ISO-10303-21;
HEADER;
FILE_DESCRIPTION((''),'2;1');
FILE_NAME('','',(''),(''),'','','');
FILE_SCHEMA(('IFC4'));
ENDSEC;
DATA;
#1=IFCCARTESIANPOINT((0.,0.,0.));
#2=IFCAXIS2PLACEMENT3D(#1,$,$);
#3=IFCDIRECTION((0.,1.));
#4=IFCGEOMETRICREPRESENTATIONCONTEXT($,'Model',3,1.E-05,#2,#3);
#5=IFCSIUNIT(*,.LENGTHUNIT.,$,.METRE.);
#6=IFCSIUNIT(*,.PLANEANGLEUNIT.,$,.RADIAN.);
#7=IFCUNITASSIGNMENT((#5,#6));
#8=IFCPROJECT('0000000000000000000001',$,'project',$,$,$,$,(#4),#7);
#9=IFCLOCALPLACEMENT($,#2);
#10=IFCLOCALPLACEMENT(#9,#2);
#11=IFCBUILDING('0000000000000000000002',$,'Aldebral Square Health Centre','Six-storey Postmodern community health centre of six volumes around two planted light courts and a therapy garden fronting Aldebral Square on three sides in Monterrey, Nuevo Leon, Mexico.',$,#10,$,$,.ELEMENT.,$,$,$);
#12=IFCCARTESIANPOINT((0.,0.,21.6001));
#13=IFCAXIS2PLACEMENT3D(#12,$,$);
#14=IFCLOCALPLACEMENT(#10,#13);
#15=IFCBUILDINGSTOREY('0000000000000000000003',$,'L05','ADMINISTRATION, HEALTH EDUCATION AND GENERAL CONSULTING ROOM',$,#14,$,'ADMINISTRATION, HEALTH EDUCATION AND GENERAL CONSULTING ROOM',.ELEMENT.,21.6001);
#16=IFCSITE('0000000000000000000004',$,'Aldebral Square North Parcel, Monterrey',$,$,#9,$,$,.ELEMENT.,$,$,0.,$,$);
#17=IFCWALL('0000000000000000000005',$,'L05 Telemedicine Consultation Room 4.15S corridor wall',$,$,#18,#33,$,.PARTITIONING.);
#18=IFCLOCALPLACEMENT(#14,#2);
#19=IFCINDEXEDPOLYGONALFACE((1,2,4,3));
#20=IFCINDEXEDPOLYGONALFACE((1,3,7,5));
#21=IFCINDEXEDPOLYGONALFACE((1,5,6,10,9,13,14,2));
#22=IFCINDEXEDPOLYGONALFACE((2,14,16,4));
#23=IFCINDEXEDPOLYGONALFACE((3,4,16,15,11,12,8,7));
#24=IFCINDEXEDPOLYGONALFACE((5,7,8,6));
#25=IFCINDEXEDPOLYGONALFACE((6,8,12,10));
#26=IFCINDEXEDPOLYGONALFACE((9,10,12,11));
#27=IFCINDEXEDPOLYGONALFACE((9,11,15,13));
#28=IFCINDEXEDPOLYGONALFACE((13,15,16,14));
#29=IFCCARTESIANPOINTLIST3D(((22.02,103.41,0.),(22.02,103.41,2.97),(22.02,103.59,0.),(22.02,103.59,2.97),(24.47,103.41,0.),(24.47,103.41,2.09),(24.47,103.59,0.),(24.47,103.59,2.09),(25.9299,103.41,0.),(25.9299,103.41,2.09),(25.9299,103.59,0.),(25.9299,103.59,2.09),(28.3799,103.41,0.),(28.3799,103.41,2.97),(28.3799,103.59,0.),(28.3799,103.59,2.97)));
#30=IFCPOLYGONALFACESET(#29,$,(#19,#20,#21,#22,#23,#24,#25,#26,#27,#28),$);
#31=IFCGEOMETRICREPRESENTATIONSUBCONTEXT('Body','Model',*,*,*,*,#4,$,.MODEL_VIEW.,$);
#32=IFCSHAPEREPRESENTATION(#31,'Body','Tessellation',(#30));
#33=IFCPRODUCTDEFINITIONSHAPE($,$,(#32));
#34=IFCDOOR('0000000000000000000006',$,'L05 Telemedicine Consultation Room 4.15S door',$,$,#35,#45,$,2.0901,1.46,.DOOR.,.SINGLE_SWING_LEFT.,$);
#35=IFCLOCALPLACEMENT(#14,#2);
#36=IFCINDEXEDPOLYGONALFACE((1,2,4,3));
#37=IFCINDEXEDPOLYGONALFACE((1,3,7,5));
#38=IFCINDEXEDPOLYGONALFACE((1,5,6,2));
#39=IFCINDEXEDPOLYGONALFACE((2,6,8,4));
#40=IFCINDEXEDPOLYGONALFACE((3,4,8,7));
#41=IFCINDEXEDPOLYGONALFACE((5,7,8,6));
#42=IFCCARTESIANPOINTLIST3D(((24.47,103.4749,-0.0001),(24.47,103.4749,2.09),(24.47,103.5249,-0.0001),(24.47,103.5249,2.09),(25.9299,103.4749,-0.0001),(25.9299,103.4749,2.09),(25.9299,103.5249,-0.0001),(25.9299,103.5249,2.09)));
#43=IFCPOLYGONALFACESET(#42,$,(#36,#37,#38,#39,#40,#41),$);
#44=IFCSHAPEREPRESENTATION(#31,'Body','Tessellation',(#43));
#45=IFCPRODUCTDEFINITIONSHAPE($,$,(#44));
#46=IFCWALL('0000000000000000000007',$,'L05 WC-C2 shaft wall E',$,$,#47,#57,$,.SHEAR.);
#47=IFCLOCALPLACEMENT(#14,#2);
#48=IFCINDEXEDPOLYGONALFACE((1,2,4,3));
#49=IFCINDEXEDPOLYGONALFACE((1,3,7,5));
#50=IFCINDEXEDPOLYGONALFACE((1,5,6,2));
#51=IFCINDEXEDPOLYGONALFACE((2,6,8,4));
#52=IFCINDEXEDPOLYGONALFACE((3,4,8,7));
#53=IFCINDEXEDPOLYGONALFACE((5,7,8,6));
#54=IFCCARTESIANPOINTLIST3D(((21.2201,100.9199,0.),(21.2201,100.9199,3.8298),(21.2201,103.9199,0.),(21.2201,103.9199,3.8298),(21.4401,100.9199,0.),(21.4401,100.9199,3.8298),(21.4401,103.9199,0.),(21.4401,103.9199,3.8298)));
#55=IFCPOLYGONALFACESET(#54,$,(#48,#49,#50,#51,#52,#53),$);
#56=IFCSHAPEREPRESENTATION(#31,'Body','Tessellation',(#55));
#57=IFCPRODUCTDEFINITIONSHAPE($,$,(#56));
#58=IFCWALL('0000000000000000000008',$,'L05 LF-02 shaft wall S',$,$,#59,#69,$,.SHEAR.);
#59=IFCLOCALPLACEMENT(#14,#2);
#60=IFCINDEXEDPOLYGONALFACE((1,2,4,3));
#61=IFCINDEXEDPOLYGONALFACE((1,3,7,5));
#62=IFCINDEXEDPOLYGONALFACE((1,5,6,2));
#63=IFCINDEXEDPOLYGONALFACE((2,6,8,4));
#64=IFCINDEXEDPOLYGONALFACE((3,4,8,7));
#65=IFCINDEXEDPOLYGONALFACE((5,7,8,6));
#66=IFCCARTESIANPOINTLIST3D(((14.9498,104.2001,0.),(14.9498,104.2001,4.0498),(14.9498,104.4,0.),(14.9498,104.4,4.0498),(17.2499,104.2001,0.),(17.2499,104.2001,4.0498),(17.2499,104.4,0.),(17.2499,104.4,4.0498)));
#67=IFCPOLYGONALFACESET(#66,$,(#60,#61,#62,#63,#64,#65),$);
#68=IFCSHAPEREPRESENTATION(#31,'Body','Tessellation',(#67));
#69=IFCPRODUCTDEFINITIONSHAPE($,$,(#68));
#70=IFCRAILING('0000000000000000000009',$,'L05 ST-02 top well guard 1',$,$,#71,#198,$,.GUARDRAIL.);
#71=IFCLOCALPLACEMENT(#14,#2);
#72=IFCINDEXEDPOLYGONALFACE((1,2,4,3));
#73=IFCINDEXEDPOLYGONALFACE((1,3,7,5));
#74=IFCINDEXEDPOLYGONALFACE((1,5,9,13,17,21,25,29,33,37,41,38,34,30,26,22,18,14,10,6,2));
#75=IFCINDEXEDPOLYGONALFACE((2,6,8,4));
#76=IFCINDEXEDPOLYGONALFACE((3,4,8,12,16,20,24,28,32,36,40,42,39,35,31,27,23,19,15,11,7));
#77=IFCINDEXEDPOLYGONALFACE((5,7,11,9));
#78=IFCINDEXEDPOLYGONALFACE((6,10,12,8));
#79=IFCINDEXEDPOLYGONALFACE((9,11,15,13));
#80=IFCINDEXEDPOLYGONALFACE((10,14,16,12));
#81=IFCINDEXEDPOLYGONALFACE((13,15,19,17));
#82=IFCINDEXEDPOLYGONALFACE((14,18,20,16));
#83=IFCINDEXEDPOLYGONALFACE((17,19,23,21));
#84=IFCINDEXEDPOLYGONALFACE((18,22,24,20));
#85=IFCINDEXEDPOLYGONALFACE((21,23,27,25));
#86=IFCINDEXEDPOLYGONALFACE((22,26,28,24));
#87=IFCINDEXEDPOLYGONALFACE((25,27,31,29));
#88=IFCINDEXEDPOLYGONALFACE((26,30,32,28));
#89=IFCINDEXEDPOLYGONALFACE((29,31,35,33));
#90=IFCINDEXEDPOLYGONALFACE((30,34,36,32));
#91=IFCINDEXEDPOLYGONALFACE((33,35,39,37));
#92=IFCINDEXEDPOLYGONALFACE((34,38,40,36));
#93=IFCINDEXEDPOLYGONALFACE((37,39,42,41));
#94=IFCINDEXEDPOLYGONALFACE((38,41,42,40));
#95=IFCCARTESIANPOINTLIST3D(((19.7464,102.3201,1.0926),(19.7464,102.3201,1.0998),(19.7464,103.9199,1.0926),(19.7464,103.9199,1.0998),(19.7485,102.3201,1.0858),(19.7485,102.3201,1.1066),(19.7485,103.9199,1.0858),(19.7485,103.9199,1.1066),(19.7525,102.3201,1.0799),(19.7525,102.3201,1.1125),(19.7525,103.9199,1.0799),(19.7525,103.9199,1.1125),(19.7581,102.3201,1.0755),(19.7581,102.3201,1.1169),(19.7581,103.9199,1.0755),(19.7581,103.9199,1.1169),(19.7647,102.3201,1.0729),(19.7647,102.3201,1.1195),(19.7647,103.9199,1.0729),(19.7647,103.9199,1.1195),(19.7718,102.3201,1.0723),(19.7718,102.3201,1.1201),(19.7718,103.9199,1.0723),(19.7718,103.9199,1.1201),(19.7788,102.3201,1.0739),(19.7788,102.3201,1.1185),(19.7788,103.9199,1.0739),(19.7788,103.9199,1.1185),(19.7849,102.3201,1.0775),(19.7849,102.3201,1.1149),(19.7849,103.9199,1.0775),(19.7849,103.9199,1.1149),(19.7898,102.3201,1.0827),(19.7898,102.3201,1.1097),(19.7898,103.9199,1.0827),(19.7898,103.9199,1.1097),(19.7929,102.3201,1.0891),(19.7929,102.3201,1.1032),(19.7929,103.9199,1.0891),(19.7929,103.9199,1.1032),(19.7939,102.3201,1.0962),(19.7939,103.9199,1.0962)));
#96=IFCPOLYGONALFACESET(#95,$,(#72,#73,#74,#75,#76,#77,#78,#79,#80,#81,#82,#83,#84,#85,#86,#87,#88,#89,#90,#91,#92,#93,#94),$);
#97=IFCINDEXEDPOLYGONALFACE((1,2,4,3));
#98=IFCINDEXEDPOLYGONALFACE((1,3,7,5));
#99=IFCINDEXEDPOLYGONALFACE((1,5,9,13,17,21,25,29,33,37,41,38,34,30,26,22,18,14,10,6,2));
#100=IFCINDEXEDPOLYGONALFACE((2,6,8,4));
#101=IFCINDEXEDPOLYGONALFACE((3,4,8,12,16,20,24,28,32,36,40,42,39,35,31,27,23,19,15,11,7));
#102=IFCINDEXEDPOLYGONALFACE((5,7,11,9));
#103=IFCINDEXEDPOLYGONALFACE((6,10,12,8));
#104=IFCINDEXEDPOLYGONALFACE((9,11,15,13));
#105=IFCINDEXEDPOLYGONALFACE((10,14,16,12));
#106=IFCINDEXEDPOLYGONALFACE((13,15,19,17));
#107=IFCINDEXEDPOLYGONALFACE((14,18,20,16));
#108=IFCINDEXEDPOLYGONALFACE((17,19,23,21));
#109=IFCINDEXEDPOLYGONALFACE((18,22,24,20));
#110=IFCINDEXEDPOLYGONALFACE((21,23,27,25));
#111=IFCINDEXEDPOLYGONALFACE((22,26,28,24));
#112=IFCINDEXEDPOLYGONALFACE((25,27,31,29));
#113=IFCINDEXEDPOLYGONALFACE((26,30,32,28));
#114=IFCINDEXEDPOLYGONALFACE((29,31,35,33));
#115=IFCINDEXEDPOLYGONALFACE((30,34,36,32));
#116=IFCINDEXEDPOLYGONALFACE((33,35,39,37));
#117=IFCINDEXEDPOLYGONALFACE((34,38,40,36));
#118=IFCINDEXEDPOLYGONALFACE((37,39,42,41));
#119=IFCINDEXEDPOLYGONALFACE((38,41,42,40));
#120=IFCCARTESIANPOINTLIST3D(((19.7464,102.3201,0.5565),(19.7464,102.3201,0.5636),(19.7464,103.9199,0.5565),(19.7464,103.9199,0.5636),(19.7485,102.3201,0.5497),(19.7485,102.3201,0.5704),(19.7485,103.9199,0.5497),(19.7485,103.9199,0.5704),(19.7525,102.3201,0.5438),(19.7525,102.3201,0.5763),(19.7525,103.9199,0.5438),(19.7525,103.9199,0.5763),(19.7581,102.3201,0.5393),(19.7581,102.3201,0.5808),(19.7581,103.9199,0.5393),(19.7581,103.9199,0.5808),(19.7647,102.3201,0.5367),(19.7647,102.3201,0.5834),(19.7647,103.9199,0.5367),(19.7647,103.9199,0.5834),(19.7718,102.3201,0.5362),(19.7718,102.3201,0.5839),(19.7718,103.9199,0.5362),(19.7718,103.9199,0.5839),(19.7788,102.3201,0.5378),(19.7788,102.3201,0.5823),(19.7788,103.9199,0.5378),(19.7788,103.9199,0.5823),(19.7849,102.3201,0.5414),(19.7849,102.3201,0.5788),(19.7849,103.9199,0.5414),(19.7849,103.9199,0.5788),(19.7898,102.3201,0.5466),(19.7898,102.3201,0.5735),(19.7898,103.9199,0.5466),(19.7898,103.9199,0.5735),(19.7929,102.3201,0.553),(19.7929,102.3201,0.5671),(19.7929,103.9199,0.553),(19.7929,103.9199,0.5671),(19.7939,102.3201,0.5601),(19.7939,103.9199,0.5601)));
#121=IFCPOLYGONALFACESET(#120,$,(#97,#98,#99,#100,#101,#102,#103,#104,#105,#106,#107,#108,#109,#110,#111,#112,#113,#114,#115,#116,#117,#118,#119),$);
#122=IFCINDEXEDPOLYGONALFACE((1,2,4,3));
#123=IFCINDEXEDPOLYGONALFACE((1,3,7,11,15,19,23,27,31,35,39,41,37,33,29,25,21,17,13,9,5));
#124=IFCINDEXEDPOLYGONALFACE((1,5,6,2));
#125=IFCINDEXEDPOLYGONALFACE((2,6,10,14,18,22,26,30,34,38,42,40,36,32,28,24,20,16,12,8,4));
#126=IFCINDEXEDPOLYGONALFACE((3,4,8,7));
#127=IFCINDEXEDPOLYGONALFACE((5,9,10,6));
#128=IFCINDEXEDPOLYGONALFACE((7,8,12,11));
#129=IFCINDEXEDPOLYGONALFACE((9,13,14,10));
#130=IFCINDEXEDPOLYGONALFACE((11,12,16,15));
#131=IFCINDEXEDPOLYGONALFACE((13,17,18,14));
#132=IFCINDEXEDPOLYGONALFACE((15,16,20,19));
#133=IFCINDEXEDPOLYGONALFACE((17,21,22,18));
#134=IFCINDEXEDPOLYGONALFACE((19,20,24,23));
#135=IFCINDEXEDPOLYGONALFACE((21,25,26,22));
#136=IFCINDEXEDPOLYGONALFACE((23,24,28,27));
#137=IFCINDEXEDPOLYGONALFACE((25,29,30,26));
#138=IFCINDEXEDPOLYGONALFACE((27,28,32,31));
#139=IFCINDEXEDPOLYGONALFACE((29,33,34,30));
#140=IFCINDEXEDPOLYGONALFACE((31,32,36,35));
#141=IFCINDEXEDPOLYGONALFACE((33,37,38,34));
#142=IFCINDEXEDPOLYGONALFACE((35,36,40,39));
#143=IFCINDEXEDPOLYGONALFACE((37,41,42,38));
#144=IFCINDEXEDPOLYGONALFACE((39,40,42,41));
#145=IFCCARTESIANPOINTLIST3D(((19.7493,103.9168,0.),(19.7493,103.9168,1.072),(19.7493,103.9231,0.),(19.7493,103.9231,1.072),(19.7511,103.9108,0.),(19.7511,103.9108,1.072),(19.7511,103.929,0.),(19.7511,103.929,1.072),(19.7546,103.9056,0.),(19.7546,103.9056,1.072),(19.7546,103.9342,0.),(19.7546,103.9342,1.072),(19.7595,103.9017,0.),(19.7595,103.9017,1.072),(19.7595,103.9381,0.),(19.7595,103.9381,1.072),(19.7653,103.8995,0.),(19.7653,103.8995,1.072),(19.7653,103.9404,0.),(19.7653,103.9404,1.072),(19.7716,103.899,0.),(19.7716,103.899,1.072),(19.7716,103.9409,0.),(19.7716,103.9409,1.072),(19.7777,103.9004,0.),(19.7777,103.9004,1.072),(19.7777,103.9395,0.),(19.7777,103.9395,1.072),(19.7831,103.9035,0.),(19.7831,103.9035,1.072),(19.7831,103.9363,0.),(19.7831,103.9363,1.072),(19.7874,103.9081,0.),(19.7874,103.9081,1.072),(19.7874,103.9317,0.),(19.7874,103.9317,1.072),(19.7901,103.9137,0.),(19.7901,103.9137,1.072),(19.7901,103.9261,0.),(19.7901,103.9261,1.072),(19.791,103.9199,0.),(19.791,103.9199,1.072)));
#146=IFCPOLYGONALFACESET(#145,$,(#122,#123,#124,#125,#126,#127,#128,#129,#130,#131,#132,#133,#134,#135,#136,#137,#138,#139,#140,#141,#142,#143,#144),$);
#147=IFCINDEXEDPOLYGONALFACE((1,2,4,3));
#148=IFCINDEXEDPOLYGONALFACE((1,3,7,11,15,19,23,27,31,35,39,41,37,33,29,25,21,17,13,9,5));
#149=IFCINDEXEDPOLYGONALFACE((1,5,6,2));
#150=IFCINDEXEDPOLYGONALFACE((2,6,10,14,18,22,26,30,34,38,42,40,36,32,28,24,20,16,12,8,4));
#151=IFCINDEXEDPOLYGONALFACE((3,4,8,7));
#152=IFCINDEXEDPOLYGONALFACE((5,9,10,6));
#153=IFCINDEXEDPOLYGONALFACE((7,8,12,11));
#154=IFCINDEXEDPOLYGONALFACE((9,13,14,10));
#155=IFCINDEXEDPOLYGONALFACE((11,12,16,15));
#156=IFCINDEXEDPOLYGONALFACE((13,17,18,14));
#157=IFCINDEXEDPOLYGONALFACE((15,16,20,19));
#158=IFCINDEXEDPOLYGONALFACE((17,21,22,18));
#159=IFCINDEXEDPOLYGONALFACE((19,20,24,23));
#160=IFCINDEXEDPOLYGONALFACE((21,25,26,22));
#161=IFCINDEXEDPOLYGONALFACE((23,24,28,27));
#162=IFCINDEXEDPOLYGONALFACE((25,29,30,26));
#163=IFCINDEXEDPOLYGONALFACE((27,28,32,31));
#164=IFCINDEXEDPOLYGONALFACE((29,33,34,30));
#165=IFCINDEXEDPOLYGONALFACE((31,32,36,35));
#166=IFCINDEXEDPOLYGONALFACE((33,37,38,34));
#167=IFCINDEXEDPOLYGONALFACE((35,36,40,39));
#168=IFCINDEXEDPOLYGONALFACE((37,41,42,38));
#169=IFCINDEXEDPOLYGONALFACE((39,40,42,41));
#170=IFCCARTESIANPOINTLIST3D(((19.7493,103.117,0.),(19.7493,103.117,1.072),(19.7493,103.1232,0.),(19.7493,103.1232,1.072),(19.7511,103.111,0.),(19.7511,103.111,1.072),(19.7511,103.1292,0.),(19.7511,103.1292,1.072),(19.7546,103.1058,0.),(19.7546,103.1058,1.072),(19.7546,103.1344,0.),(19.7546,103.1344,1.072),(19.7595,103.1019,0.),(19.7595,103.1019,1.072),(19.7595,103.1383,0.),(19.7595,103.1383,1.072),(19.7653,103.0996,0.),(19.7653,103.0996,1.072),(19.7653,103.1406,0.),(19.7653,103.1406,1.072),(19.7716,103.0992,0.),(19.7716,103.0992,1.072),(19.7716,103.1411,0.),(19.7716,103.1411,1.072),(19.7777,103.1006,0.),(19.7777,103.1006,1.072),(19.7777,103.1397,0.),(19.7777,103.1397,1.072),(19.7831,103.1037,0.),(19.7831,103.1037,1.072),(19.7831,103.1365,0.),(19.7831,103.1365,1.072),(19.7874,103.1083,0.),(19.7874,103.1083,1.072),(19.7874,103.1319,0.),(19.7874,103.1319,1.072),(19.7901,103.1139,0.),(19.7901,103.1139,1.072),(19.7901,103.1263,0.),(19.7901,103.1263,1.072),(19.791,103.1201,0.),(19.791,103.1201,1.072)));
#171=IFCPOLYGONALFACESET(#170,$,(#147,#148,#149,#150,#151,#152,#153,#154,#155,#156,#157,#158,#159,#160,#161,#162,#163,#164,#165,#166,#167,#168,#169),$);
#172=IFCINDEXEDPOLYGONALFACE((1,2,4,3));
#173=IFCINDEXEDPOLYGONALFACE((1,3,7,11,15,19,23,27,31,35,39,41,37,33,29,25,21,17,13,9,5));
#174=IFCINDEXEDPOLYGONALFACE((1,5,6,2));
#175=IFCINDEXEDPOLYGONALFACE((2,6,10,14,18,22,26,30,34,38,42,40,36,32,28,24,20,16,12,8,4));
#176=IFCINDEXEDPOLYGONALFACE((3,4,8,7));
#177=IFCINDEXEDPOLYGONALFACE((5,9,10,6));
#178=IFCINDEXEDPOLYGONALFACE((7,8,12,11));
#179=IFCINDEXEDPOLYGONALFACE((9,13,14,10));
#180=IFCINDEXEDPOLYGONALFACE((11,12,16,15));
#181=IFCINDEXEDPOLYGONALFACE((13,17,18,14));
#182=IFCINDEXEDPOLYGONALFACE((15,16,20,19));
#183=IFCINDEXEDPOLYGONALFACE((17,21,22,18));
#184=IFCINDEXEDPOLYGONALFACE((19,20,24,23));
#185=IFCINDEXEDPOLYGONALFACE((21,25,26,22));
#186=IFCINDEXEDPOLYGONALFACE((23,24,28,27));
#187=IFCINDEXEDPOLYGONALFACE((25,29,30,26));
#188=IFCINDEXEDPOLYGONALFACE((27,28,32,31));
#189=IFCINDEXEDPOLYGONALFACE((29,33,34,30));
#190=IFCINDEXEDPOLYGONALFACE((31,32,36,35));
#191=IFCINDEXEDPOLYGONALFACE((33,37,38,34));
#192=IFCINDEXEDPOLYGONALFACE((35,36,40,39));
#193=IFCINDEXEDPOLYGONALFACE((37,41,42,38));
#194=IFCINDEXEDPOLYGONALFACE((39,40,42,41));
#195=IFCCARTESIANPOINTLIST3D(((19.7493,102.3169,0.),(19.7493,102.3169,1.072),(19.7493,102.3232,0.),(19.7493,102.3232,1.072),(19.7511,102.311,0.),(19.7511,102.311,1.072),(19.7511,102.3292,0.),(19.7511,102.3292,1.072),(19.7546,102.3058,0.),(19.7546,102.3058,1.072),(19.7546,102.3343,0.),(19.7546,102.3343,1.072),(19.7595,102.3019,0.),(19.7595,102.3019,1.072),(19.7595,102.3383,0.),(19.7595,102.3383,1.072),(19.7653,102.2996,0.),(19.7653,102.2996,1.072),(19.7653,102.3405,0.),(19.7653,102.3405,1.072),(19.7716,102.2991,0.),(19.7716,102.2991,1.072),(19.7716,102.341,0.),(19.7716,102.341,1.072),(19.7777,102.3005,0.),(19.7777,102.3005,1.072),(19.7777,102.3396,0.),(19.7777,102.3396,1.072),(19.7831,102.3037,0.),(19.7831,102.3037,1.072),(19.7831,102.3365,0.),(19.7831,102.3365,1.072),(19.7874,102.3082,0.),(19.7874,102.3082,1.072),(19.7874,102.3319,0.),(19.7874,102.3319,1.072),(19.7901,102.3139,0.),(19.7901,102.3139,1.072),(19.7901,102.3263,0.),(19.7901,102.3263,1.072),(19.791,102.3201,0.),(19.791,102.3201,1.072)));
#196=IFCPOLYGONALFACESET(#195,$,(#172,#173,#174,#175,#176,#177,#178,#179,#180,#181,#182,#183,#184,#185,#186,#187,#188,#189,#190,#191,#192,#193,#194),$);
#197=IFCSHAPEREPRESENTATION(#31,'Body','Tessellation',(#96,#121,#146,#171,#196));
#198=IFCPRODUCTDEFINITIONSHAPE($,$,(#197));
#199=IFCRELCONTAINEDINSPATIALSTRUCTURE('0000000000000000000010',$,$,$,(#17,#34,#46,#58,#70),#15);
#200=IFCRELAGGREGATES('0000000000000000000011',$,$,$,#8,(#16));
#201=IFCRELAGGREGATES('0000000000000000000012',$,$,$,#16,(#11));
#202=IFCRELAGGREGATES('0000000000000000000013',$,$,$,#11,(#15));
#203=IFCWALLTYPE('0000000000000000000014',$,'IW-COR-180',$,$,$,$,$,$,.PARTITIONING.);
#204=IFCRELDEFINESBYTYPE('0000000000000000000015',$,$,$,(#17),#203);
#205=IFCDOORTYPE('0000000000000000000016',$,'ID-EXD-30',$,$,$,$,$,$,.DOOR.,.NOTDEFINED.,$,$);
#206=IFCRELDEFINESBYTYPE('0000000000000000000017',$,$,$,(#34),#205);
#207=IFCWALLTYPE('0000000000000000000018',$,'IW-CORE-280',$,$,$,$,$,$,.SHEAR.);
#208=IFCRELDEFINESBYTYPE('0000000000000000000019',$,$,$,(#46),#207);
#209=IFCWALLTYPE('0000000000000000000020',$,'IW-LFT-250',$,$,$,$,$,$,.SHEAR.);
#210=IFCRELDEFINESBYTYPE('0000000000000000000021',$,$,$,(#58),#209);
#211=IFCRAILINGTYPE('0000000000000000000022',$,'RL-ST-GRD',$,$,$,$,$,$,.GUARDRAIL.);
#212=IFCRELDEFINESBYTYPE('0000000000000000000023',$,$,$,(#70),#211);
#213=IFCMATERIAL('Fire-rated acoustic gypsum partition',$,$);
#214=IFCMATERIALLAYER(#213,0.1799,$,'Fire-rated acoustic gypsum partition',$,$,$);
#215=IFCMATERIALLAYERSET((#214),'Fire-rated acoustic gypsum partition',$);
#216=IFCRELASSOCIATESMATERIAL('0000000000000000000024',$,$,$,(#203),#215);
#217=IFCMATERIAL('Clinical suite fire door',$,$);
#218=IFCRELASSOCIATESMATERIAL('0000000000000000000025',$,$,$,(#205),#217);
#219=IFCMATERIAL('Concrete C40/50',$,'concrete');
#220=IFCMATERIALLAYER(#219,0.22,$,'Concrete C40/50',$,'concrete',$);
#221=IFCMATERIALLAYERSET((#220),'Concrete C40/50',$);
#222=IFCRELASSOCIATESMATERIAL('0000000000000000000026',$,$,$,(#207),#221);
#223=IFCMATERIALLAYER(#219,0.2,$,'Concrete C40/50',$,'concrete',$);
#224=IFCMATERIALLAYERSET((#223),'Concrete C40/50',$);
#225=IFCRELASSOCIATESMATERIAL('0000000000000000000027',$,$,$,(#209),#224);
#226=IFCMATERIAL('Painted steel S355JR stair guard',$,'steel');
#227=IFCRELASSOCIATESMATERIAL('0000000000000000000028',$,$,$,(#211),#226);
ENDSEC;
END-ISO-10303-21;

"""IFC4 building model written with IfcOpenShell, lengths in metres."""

from ifc_helpers import new_model, si_unit, direction, frame, frame_2d, origin, origin_2d, place, context, subcontext, project, spatial, rectangle, circle, extrude, material, layer, layer_set, type_object, element, fill, save


model = new_model("IFC4")

# Units and contexts
model_context = context("Model", 3, precision=1e-05, world=origin(), true_north=direction((0.0, 1.0)))
body_context = subcontext(model_context, "Body", "Model", "MODEL_VIEW")
ifc_project = project(units=[si_unit("LENGTHUNIT", "METRE"), si_unit("PLANEANGLEUNIT", "RADIAN")], contexts=[model_context])

# Site, building, storey
site_placement = place(None, origin())
site = spatial("IfcSite", under=ifc_project, at=site_placement, Name="Aldebral Square North Parcel, Monterrey", CompositionType="ELEMENT", RefElevation=0.0)
building_placement = place(site_placement, origin())
building = spatial("IfcBuilding", under=site, at=building_placement, Name="Aldebral Square Health Centre", Description="Six-storey Postmodern community health centre of six volumes around two planted light courts and a therapy garden fronting Aldebral Square on three sides in Monterrey, Nuevo Leon, Mexico.", CompositionType="ELEMENT")
storey_placement = place(building_placement, frame((0.0, 0.0, 21.6001)))
storey = spatial("IfcBuildingStorey", under=building, at=storey_placement, Name="L05", Description="ADMINISTRATION, HEALTH EDUCATION AND GENERAL CONSULTING ROOM", LongName="ADMINISTRATION, HEALTH EDUCATION AND GENERAL CONSULTING ROOM", CompositionType="ELEMENT", Elevation=21.6001)

# Shared definitions
ifc_material_1 = material(Name="Concrete C40/50", Category="concrete")

# Wall, opening, door
ifc_material_2 = material(Name="Fire-rated acoustic gypsum partition")
ifc_layer_1 = layer(ifc_material_2, 0.1799, Name="Fire-rated acoustic gypsum partition")
ifc_layer_set_1 = layer_set([ifc_layer_1], Name="Fire-rated acoustic gypsum partition")
wall_type_1 = type_object("IfcWallType", Name="IW-COR-180", PredefinedType="PARTITIONING", material=ifc_layer_set_1)
wall_1_placement = place(storey_placement, frame((22.02, 103.5, 0.0), z_axis=(0.0, 0.0, 1.0), x_axis=(1.0, 0.0, 0.0)))
wall_1 = element("IfcWall", 1, at=wall_1_placement, inside=storey, type_object=wall_type_1, Name="L05 Telemedicine Consultation Room 4.15S corridor wall", PredefinedType="PARTITIONING", context=body_context, shape_type="SweptSolid", body=[
    extrude(rectangle(XDim=6.3599, YDim=0.1799, at=frame_2d((3.1799, 0.0))), origin(), (0.0, 0.0, 1.0), 2.97),
])
opening_placement = place(wall_1_placement, frame((2.45, 0.0, 0.0)))
opening = element("IfcOpeningElement", 2, at=opening_placement, cuts=wall_1, PredefinedType="OPENING", context=body_context, shape_type="SweptSolid", body=[
    extrude(rectangle(XDim=1.46, YDim=2.0901, at=frame_2d((0.73, 1.0449))), frame((0.0, 0.1001, 0.0), z_axis=(0.0, -1.0, 0.0), x_axis=(1.0, 0.0, 0.0)), (0.0, 0.0, 1.0), 0.2),
])
ifc_material_3 = material(Name="Clinical suite fire door")
door_type = type_object("IfcDoorType", Name="ID-EXD-30", OperationType="NOTDEFINED", PredefinedType="DOOR", material=ifc_material_3)
door_placement = place(opening_placement, origin())
door = element("IfcDoor", 3, at=door_placement, inside=storey, type_object=door_type, Name="L05 Telemedicine Consultation Room 4.15S door", OperationType="SINGLE_SWING_LEFT", OverallHeight=2.0901, OverallWidth=1.46, PredefinedType="DOOR", context=body_context, shape_type="SweptSolid", body=[
    extrude(rectangle(XDim=1.46, YDim=2.0901, at=frame_2d((0.73, 1.0449))), frame((0.0, 0.0249, 0.0), z_axis=(0.0, -1.0, 0.0), x_axis=(1.0, 0.0, 0.0)), (0.0, 0.0, 1.0), 0.05),
])
fill(opening, door)

# Walls
ifc_layer_2 = layer(ifc_material_1, 0.22, Name="Concrete C40/50", Category="concrete")
ifc_layer_set_2 = layer_set([ifc_layer_2], Name="Concrete C40/50")
wall_type_2 = type_object("IfcWallType", Name="IW-CORE-280", PredefinedType="SHEAR", material=ifc_layer_set_2)
wall_2_placement = place(storey_placement, frame((21.3301, 100.9199, 0.0), z_axis=(0.0, 0.0, 1.0), x_axis=(0.0, 1.0, 0.0)))
element("IfcWall", 4, at=wall_2_placement, inside=storey, type_object=wall_type_2, Name="L05 WC-C2 shaft wall E", PredefinedType="SHEAR", context=body_context, shape_type="SweptSolid", body=[
    extrude(rectangle(XDim=3.0, YDim=0.22, at=frame_2d((1.5, 0.0))), origin(), (0.0, 0.0, 1.0), 3.8298),
])
ifc_layer_3 = layer(ifc_material_1, 0.2, Name="Concrete C40/50", Category="concrete")
ifc_layer_set_3 = layer_set([ifc_layer_3], Name="Concrete C40/50")
wall_type_3 = type_object("IfcWallType", Name="IW-LFT-250", PredefinedType="SHEAR", material=ifc_layer_set_3)
wall_3_placement = place(storey_placement, frame((14.95, 104.3, 0.0), z_axis=(0.0, 0.0, 1.0), x_axis=(1.0, 0.0, 0.0)))
element("IfcWall", 5, at=wall_3_placement, inside=storey, type_object=wall_type_3, Name="L05 LF-02 shaft wall S", PredefinedType="SHEAR", context=body_context, shape_type="SweptSolid", body=[
    extrude(rectangle(XDim=2.3, YDim=0.2, at=frame_2d((1.1499, 0.0))), origin(), (0.0, 0.0, 1.0), 4.0498),
])

# Railing
ifc_material_4 = material(Name="Painted steel S355JR stair guard", Category="steel")
railing_type = type_object("IfcRailingType", Name="RL-ST-GRD", PredefinedType="GUARDRAIL", material=ifc_material_4)
railing_placement = place(storey_placement, frame((19.77, 103.9199, 0.0)))
element("IfcRailing", 6, at=railing_placement, inside=storey, type_object=railing_type, Name="L05 ST-02 top well guard 1", PredefinedType="GUARDRAIL", context=body_context, shape_type="SweptSolid", body=[
    extrude(circle(Radius=0.0239, at=origin_2d()), frame((0.0, 0.0, 1.0962), z_axis=(0.0, -1.0, 0.0), x_axis=(1.0, 0.0, 0.0)), (0.0, 0.0, 1.0), 1.5999),
    extrude(circle(Radius=0.0239, at=origin_2d()), frame((0.0, 0.0, 0.5601), z_axis=(0.0, -1.0, 0.0), x_axis=(1.0, 0.0, 0.0)), (0.0, 0.0, 1.0), 1.5999),
    extrude(circle(Radius=0.021, at=origin_2d()), origin(), (0.0, 0.0, 1.0), 1.072),
    extrude(circle(Radius=0.021, at=origin_2d()), frame((0.0, -0.7998, 0.0)), (0.0, 0.0, 1.0), 1.072),
    extrude(circle(Radius=0.021, at=origin_2d()), frame((0.0, -1.5999, 0.0)), (0.0, 0.0, 1.0), 1.072),
])

save(model, "model.ifc")
